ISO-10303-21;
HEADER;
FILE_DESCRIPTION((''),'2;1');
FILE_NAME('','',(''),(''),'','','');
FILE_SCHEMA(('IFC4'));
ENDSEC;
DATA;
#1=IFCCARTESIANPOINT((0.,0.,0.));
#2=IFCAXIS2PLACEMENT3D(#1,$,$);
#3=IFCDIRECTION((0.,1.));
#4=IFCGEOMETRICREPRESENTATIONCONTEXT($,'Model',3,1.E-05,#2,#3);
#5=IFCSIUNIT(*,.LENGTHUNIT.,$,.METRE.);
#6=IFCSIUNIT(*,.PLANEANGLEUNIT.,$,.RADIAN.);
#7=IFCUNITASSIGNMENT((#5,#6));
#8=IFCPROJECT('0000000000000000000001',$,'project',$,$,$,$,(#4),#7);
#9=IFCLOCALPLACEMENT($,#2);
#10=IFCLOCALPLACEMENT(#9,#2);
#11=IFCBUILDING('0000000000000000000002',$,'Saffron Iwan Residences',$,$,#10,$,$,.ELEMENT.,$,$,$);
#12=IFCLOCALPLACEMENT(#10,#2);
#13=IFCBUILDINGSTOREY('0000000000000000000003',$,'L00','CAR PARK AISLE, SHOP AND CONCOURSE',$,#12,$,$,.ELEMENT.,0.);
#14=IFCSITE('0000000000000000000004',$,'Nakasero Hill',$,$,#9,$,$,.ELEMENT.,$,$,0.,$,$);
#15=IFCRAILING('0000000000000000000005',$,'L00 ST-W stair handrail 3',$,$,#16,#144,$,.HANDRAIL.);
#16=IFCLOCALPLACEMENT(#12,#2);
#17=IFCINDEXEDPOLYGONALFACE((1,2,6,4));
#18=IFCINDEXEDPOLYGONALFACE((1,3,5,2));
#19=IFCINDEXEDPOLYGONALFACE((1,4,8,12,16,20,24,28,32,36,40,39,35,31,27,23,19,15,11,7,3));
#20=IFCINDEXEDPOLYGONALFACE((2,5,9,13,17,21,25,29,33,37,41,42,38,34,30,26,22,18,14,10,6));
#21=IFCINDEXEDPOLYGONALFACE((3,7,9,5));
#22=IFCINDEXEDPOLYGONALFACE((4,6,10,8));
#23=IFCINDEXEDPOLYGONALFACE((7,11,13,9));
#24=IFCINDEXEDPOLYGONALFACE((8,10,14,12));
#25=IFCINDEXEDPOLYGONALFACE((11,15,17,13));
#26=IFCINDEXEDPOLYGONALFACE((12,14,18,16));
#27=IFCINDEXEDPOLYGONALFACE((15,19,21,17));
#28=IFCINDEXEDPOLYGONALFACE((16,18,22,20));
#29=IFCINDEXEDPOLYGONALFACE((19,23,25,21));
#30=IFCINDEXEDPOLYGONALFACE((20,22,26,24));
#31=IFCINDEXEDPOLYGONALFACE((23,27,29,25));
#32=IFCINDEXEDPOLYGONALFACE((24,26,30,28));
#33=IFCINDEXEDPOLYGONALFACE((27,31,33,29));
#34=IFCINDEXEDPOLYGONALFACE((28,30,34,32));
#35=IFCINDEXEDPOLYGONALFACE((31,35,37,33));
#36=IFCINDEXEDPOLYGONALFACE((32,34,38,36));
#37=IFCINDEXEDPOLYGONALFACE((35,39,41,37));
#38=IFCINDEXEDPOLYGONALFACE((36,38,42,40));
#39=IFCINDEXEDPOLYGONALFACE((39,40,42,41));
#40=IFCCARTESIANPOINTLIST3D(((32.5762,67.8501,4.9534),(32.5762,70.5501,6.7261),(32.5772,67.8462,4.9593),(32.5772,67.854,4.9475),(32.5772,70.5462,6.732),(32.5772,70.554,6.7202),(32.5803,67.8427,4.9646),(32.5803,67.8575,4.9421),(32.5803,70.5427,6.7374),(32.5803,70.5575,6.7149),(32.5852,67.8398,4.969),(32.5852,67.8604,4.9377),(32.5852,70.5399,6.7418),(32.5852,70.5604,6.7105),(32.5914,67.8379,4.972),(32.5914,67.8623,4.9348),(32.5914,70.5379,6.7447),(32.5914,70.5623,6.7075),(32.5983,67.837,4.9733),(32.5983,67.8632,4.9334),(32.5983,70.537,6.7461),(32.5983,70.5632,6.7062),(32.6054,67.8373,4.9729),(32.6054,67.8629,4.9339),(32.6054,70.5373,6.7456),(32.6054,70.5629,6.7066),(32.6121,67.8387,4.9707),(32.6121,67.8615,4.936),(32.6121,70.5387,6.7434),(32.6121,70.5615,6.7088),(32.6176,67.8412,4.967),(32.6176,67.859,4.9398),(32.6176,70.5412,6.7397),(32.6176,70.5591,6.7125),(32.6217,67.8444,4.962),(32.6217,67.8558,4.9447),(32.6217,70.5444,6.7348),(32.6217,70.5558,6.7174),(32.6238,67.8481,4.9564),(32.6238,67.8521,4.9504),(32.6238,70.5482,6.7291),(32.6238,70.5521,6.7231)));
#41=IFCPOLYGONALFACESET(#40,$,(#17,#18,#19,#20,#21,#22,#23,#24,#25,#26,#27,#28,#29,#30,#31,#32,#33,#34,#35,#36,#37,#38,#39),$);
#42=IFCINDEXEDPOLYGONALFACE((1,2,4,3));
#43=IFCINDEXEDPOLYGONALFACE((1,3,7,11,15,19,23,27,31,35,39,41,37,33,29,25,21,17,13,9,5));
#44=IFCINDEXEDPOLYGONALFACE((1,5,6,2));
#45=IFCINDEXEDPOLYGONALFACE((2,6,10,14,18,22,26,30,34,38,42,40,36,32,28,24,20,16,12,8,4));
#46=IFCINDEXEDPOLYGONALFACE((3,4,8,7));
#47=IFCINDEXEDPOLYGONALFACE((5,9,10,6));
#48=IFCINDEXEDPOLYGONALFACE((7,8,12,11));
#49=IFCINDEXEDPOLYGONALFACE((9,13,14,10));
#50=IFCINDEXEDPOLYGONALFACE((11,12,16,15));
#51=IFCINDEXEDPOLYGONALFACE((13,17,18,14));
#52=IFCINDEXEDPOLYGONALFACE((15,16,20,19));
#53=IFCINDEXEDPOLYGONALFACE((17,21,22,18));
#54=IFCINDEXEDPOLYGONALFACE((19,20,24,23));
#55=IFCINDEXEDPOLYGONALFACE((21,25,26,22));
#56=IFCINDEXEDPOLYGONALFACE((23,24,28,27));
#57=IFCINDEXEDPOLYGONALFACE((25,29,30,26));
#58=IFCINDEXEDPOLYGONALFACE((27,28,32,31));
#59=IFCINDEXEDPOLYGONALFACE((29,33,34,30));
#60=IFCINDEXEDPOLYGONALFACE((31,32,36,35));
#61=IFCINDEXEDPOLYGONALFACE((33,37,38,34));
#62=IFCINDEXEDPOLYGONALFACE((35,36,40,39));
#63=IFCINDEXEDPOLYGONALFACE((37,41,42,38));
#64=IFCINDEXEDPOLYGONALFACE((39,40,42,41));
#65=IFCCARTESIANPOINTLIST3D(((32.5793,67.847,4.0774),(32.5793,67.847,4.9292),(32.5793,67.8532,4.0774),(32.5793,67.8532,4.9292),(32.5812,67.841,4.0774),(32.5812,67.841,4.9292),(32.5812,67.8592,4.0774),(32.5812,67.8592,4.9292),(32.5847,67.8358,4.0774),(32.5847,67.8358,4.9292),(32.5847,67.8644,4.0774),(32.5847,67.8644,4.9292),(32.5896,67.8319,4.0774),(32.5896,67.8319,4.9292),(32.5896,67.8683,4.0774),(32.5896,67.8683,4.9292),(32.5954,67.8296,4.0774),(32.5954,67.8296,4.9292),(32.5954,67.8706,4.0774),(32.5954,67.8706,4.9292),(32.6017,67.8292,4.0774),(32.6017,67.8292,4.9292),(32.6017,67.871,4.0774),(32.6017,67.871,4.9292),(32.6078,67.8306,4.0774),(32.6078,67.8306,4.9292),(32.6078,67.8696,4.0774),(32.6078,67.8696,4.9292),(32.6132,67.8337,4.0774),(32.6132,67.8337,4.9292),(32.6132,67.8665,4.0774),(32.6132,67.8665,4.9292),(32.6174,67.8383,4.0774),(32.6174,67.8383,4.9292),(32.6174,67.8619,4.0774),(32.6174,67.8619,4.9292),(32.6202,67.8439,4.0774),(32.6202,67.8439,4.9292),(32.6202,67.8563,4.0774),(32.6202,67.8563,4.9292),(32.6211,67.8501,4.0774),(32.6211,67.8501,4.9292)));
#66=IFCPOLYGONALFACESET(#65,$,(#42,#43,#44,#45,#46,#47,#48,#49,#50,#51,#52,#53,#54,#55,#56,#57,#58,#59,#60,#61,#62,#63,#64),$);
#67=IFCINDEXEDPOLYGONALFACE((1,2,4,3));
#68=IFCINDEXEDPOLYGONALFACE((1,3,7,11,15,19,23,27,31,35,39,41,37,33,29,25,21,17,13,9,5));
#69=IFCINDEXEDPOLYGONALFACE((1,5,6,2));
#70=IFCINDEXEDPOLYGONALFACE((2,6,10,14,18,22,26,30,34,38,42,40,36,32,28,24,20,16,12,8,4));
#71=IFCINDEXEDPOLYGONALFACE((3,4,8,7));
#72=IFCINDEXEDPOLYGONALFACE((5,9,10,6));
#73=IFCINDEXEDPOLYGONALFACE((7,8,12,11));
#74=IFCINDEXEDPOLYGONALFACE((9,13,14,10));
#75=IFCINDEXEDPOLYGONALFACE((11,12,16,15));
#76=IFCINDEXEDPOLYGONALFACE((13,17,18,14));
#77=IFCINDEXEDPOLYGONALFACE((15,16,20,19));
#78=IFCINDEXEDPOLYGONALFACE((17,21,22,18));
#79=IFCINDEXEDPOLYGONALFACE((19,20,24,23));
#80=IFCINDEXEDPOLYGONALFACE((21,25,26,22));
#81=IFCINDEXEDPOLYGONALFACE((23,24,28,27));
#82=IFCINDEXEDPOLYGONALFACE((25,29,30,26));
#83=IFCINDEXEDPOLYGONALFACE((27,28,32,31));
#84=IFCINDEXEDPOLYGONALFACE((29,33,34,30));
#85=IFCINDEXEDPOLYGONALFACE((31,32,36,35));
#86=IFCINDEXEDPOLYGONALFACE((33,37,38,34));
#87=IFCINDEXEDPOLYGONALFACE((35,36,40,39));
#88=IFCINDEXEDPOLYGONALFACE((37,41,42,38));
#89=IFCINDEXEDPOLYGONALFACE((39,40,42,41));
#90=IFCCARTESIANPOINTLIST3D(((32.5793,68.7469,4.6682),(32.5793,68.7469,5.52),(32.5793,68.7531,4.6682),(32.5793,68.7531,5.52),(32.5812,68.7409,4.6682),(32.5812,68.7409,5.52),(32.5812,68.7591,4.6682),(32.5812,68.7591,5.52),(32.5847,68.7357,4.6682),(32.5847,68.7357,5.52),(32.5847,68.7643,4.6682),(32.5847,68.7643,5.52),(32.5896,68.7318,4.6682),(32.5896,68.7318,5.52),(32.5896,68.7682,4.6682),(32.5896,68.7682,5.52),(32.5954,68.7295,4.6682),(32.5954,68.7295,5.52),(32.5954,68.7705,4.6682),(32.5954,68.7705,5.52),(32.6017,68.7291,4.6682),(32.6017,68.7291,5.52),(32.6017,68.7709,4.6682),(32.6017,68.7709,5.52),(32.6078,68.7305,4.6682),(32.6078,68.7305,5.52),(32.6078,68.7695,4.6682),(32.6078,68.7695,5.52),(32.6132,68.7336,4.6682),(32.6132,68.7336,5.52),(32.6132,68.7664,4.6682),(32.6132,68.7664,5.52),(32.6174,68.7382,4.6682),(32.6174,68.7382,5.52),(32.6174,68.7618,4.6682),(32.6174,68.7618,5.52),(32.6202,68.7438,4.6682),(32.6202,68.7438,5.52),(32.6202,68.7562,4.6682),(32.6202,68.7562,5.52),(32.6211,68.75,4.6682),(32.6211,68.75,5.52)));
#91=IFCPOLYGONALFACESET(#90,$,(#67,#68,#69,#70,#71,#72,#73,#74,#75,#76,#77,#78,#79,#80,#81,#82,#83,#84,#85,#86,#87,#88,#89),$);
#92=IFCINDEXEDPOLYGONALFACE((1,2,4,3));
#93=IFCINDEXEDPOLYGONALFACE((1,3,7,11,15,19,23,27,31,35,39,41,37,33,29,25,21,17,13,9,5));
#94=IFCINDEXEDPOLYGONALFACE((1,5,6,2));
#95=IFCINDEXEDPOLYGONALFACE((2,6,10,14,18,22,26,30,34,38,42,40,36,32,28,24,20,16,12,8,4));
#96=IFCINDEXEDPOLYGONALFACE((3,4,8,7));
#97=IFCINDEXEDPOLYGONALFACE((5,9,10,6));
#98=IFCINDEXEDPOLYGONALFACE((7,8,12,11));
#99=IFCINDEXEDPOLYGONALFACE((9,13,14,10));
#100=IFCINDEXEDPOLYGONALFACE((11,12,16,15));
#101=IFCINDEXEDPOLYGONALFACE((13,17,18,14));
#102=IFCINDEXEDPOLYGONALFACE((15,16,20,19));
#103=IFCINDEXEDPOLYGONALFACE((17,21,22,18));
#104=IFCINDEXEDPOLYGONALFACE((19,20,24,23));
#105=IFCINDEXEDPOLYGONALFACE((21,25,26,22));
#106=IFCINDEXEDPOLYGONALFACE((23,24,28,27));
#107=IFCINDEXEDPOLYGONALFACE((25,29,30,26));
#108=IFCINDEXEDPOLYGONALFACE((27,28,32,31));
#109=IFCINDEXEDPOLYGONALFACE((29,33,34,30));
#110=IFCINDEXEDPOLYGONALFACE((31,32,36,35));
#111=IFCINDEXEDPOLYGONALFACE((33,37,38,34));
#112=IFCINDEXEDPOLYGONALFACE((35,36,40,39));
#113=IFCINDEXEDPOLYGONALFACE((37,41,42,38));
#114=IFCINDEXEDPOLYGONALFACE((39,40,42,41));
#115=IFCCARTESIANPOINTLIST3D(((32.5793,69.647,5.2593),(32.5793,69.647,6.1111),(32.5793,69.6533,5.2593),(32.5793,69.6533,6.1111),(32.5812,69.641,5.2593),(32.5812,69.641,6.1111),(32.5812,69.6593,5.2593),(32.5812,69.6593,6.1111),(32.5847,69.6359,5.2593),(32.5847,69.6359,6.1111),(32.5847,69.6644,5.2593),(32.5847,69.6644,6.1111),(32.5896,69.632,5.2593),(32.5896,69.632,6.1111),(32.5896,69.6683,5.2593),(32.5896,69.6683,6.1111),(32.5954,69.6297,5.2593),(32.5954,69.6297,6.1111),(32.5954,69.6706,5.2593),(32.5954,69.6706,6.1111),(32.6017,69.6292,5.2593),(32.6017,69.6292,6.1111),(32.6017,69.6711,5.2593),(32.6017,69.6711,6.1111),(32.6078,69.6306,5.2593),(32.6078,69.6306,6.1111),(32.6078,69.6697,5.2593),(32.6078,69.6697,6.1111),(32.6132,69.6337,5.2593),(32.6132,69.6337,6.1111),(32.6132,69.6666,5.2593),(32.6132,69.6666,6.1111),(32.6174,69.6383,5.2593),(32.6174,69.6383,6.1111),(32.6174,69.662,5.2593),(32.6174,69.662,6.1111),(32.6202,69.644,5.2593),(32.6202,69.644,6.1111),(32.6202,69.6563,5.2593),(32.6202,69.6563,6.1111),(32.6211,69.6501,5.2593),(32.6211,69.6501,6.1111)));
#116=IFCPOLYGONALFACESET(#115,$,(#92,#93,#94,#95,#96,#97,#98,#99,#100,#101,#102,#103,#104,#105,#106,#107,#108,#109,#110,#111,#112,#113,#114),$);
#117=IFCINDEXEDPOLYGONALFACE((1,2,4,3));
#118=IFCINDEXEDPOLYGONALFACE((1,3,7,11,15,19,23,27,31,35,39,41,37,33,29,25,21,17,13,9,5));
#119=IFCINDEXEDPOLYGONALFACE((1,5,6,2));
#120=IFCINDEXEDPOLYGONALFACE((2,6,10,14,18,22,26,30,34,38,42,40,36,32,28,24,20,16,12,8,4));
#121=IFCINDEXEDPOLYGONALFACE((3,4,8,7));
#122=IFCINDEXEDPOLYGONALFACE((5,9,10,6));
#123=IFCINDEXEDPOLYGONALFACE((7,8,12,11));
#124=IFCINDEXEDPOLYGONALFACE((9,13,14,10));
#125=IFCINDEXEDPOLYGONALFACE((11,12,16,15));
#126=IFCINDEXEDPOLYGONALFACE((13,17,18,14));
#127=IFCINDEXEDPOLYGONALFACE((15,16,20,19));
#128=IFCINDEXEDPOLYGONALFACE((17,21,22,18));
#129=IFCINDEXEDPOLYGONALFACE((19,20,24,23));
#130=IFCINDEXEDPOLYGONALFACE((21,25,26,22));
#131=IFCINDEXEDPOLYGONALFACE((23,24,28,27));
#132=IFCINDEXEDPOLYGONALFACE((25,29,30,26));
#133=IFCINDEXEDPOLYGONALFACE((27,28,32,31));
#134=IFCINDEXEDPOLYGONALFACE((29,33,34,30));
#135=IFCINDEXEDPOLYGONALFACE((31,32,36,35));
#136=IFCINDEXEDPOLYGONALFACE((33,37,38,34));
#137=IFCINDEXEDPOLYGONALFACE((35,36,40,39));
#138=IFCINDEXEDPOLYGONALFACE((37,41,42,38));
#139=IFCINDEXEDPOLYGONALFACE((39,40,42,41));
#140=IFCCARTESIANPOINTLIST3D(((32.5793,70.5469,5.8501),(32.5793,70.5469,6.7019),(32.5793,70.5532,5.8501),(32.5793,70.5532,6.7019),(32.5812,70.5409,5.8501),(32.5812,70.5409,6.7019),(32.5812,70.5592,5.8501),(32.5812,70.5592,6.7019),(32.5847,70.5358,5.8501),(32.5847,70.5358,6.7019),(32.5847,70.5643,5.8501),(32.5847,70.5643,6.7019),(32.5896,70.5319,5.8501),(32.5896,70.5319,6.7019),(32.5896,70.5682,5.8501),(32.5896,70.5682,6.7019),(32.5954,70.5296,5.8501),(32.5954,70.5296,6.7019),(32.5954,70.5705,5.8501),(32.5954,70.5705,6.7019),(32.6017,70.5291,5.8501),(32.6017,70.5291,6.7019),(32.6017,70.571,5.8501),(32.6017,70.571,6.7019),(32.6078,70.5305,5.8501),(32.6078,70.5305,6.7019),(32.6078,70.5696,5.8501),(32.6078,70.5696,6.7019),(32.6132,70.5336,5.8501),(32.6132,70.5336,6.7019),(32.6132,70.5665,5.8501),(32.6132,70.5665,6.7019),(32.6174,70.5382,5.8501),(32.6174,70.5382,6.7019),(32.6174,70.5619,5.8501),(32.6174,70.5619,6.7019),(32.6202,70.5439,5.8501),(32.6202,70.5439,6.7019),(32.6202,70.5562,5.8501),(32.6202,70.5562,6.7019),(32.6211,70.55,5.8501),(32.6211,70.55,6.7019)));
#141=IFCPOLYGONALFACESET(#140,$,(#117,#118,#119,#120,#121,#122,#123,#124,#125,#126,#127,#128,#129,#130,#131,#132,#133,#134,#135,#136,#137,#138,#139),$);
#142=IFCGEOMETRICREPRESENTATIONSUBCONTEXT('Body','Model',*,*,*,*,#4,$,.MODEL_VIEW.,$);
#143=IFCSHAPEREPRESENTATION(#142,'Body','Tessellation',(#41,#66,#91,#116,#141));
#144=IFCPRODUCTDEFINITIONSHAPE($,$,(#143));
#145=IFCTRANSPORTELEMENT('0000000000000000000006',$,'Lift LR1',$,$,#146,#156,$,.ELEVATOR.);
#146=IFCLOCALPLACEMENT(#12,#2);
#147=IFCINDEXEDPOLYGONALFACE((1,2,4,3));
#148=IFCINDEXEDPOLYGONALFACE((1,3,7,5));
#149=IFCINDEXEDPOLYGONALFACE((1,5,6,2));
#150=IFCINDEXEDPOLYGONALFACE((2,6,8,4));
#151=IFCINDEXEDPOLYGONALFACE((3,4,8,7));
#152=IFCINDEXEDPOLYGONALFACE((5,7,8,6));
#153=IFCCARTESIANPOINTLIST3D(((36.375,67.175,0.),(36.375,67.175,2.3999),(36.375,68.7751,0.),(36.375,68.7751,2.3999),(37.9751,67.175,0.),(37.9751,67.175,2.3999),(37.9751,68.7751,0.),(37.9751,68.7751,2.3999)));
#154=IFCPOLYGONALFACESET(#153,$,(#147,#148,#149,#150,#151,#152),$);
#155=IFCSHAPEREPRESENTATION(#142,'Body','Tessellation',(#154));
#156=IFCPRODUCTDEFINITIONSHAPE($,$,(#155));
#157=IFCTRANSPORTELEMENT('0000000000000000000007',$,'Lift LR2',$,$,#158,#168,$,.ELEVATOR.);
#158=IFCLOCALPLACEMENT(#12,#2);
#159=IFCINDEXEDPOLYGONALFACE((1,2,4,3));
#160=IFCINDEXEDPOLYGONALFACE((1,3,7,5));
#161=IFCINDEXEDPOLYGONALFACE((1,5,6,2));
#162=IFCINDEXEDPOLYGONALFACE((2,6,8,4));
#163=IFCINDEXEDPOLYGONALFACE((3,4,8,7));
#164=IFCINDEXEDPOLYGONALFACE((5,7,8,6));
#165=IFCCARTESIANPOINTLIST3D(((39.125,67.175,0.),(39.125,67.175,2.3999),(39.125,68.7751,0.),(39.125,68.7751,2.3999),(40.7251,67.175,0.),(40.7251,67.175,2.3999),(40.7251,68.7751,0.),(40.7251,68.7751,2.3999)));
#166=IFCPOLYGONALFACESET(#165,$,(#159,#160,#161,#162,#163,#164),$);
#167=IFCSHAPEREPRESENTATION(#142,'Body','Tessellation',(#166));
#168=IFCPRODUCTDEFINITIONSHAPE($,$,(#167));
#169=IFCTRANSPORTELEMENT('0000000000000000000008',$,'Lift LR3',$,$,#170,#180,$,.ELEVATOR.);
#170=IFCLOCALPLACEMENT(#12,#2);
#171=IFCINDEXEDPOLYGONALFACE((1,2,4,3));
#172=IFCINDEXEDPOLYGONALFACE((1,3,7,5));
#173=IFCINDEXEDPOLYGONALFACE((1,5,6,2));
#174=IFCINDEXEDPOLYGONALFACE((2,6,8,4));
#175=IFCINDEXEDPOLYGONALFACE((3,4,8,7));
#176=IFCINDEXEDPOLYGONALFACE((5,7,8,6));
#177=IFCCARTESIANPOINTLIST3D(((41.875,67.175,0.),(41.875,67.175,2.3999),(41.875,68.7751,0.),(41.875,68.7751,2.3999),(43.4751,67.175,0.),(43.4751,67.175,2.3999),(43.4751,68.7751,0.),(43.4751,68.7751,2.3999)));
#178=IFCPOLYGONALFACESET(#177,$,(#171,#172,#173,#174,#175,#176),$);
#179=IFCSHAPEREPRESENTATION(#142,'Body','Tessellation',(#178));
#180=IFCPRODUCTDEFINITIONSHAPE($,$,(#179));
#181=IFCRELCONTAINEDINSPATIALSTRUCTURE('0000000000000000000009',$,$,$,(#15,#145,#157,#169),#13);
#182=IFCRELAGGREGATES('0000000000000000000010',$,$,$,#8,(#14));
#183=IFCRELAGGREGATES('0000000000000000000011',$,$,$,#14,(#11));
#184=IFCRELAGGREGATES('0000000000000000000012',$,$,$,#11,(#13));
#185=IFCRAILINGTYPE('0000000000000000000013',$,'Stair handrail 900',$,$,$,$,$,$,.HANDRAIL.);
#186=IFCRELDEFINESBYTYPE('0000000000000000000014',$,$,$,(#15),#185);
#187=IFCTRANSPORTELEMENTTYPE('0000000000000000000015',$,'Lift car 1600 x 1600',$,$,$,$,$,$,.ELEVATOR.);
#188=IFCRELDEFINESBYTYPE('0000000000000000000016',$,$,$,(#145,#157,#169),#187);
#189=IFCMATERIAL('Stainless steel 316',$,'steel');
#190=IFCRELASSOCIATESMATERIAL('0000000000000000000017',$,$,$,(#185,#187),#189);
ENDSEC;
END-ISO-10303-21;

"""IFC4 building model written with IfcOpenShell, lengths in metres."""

from ifc_helpers import new_model, si_unit, direction, frame, origin, origin_2d, place, context, subcontext, project, spatial, rectangle, circle, extrude, source, transform, mapped, material, type_object, element, save


model = new_model("IFC4")

# Units and contexts
model_context = context("Model", 3, precision=1e-05, world=origin(), true_north=direction((0.0, 1.0)))
body_context = subcontext(model_context, "Body", "Model", "MODEL_VIEW")
ifc_project = project(units=[si_unit("LENGTHUNIT", "METRE"), si_unit("PLANEANGLEUNIT", "RADIAN")], contexts=[model_context])

# Site, building, storey
site_placement = place(None, origin())
site = spatial("IfcSite", under=ifc_project, at=site_placement, Name="Nakasero Hill", CompositionType="ELEMENT", RefElevation=0.0)
building_placement = place(site_placement, origin())
building = spatial("IfcBuilding", under=site, at=building_placement, Name="Saffron Iwan Residences", CompositionType="ELEMENT")
storey_placement = place(building_placement, origin())
storey = spatial("IfcBuildingStorey", under=building, at=storey_placement, Name="L00", Description="CAR PARK AISLE, SHOP AND CONCOURSE", CompositionType="ELEMENT", Elevation=0.0)

# Railing
ifc_material_1 = material(Name="Stainless steel 316", Category="steel")
railing_type_1 = type_object("IfcRailingType", Name="Stair handrail 900", PredefinedType="HANDRAIL", material=ifc_material_1)
for number, where, name in (
    (1, (32.6001, 67.8501, 4.0774), "L00 ST-W stair handrail 3"),
):
    element("IfcRailing", number, at=place(storey_placement, frame(where)), inside=storey, type_object=railing_type_1, Name=name, PredefinedType="HANDRAIL", context=body_context, shape_type="SweptSolid", body=[
        extrude(circle(Radius=0.0239, at=origin_2d()), frame((0.0, 0.0, 0.876), z_axis=(0.0, 0.835925, 0.548843), x_axis=(-1.0, 0.0, 0.0)), (0.0, 0.0, 1.0), 3.23),
        extrude(circle(Radius=0.021, at=origin_2d()), origin(), (0.0, 0.0, 1.0), 0.8518),
        extrude(circle(Radius=0.021, at=origin_2d()), frame((0.0, 0.8999, 0.5908)), (0.0, 0.0, 1.0), 0.8518),
        extrude(circle(Radius=0.021, at=origin_2d()), frame((0.0, 1.8, 1.1819)), (0.0, 0.0, 1.0), 0.8518),
        extrude(circle(Radius=0.021, at=origin_2d()), frame((0.0, 2.7, 1.7727)), (0.0, 0.0, 1.0), 0.8518),
    ])

# Transport elements
transport_element_type = type_object("IfcTransportElementType", Name="Lift car 1600 x 1600", PredefinedType="ELEVATOR", material=ifc_material_1)
shared_shape_1 = source(origin(), body_context, "Body", "SweptSolid", [
    extrude(rectangle(XDim=1.6001, YDim=1.6001, at=origin_2d()), origin(), (0.0, 0.0, 1.0), 2.3999),
])
for number, where, z_axis, x_axis, name in (
    (2, (37.175, 67.9751, 0.0), (0.0, 0.0, 1.0), (1.0, 0.0, 0.0), "Lift LR1"),
    (3, (39.925, 67.9751, 0.0), (0.0, 0.0, 1.0), (1.0, 0.0, 0.0), "Lift LR2"),
    (4, (42.675, 67.9751, 0.0), (0.0, 0.0, 1.0), (1.0, 0.0, 0.0), "Lift LR3"),
):
    element("IfcTransportElement", number, at=place(storey_placement, frame(where, z_axis=z_axis, x_axis=x_axis)), inside=storey, type_object=transport_element_type, Name=name, PredefinedType="ELEVATOR", context=body_context, shape_type="MappedRepresentation", body=[
        mapped(shared_shape_1, transform((0.0, 0.0, 0.0))),
    ])

save(model, "model.ifc")
